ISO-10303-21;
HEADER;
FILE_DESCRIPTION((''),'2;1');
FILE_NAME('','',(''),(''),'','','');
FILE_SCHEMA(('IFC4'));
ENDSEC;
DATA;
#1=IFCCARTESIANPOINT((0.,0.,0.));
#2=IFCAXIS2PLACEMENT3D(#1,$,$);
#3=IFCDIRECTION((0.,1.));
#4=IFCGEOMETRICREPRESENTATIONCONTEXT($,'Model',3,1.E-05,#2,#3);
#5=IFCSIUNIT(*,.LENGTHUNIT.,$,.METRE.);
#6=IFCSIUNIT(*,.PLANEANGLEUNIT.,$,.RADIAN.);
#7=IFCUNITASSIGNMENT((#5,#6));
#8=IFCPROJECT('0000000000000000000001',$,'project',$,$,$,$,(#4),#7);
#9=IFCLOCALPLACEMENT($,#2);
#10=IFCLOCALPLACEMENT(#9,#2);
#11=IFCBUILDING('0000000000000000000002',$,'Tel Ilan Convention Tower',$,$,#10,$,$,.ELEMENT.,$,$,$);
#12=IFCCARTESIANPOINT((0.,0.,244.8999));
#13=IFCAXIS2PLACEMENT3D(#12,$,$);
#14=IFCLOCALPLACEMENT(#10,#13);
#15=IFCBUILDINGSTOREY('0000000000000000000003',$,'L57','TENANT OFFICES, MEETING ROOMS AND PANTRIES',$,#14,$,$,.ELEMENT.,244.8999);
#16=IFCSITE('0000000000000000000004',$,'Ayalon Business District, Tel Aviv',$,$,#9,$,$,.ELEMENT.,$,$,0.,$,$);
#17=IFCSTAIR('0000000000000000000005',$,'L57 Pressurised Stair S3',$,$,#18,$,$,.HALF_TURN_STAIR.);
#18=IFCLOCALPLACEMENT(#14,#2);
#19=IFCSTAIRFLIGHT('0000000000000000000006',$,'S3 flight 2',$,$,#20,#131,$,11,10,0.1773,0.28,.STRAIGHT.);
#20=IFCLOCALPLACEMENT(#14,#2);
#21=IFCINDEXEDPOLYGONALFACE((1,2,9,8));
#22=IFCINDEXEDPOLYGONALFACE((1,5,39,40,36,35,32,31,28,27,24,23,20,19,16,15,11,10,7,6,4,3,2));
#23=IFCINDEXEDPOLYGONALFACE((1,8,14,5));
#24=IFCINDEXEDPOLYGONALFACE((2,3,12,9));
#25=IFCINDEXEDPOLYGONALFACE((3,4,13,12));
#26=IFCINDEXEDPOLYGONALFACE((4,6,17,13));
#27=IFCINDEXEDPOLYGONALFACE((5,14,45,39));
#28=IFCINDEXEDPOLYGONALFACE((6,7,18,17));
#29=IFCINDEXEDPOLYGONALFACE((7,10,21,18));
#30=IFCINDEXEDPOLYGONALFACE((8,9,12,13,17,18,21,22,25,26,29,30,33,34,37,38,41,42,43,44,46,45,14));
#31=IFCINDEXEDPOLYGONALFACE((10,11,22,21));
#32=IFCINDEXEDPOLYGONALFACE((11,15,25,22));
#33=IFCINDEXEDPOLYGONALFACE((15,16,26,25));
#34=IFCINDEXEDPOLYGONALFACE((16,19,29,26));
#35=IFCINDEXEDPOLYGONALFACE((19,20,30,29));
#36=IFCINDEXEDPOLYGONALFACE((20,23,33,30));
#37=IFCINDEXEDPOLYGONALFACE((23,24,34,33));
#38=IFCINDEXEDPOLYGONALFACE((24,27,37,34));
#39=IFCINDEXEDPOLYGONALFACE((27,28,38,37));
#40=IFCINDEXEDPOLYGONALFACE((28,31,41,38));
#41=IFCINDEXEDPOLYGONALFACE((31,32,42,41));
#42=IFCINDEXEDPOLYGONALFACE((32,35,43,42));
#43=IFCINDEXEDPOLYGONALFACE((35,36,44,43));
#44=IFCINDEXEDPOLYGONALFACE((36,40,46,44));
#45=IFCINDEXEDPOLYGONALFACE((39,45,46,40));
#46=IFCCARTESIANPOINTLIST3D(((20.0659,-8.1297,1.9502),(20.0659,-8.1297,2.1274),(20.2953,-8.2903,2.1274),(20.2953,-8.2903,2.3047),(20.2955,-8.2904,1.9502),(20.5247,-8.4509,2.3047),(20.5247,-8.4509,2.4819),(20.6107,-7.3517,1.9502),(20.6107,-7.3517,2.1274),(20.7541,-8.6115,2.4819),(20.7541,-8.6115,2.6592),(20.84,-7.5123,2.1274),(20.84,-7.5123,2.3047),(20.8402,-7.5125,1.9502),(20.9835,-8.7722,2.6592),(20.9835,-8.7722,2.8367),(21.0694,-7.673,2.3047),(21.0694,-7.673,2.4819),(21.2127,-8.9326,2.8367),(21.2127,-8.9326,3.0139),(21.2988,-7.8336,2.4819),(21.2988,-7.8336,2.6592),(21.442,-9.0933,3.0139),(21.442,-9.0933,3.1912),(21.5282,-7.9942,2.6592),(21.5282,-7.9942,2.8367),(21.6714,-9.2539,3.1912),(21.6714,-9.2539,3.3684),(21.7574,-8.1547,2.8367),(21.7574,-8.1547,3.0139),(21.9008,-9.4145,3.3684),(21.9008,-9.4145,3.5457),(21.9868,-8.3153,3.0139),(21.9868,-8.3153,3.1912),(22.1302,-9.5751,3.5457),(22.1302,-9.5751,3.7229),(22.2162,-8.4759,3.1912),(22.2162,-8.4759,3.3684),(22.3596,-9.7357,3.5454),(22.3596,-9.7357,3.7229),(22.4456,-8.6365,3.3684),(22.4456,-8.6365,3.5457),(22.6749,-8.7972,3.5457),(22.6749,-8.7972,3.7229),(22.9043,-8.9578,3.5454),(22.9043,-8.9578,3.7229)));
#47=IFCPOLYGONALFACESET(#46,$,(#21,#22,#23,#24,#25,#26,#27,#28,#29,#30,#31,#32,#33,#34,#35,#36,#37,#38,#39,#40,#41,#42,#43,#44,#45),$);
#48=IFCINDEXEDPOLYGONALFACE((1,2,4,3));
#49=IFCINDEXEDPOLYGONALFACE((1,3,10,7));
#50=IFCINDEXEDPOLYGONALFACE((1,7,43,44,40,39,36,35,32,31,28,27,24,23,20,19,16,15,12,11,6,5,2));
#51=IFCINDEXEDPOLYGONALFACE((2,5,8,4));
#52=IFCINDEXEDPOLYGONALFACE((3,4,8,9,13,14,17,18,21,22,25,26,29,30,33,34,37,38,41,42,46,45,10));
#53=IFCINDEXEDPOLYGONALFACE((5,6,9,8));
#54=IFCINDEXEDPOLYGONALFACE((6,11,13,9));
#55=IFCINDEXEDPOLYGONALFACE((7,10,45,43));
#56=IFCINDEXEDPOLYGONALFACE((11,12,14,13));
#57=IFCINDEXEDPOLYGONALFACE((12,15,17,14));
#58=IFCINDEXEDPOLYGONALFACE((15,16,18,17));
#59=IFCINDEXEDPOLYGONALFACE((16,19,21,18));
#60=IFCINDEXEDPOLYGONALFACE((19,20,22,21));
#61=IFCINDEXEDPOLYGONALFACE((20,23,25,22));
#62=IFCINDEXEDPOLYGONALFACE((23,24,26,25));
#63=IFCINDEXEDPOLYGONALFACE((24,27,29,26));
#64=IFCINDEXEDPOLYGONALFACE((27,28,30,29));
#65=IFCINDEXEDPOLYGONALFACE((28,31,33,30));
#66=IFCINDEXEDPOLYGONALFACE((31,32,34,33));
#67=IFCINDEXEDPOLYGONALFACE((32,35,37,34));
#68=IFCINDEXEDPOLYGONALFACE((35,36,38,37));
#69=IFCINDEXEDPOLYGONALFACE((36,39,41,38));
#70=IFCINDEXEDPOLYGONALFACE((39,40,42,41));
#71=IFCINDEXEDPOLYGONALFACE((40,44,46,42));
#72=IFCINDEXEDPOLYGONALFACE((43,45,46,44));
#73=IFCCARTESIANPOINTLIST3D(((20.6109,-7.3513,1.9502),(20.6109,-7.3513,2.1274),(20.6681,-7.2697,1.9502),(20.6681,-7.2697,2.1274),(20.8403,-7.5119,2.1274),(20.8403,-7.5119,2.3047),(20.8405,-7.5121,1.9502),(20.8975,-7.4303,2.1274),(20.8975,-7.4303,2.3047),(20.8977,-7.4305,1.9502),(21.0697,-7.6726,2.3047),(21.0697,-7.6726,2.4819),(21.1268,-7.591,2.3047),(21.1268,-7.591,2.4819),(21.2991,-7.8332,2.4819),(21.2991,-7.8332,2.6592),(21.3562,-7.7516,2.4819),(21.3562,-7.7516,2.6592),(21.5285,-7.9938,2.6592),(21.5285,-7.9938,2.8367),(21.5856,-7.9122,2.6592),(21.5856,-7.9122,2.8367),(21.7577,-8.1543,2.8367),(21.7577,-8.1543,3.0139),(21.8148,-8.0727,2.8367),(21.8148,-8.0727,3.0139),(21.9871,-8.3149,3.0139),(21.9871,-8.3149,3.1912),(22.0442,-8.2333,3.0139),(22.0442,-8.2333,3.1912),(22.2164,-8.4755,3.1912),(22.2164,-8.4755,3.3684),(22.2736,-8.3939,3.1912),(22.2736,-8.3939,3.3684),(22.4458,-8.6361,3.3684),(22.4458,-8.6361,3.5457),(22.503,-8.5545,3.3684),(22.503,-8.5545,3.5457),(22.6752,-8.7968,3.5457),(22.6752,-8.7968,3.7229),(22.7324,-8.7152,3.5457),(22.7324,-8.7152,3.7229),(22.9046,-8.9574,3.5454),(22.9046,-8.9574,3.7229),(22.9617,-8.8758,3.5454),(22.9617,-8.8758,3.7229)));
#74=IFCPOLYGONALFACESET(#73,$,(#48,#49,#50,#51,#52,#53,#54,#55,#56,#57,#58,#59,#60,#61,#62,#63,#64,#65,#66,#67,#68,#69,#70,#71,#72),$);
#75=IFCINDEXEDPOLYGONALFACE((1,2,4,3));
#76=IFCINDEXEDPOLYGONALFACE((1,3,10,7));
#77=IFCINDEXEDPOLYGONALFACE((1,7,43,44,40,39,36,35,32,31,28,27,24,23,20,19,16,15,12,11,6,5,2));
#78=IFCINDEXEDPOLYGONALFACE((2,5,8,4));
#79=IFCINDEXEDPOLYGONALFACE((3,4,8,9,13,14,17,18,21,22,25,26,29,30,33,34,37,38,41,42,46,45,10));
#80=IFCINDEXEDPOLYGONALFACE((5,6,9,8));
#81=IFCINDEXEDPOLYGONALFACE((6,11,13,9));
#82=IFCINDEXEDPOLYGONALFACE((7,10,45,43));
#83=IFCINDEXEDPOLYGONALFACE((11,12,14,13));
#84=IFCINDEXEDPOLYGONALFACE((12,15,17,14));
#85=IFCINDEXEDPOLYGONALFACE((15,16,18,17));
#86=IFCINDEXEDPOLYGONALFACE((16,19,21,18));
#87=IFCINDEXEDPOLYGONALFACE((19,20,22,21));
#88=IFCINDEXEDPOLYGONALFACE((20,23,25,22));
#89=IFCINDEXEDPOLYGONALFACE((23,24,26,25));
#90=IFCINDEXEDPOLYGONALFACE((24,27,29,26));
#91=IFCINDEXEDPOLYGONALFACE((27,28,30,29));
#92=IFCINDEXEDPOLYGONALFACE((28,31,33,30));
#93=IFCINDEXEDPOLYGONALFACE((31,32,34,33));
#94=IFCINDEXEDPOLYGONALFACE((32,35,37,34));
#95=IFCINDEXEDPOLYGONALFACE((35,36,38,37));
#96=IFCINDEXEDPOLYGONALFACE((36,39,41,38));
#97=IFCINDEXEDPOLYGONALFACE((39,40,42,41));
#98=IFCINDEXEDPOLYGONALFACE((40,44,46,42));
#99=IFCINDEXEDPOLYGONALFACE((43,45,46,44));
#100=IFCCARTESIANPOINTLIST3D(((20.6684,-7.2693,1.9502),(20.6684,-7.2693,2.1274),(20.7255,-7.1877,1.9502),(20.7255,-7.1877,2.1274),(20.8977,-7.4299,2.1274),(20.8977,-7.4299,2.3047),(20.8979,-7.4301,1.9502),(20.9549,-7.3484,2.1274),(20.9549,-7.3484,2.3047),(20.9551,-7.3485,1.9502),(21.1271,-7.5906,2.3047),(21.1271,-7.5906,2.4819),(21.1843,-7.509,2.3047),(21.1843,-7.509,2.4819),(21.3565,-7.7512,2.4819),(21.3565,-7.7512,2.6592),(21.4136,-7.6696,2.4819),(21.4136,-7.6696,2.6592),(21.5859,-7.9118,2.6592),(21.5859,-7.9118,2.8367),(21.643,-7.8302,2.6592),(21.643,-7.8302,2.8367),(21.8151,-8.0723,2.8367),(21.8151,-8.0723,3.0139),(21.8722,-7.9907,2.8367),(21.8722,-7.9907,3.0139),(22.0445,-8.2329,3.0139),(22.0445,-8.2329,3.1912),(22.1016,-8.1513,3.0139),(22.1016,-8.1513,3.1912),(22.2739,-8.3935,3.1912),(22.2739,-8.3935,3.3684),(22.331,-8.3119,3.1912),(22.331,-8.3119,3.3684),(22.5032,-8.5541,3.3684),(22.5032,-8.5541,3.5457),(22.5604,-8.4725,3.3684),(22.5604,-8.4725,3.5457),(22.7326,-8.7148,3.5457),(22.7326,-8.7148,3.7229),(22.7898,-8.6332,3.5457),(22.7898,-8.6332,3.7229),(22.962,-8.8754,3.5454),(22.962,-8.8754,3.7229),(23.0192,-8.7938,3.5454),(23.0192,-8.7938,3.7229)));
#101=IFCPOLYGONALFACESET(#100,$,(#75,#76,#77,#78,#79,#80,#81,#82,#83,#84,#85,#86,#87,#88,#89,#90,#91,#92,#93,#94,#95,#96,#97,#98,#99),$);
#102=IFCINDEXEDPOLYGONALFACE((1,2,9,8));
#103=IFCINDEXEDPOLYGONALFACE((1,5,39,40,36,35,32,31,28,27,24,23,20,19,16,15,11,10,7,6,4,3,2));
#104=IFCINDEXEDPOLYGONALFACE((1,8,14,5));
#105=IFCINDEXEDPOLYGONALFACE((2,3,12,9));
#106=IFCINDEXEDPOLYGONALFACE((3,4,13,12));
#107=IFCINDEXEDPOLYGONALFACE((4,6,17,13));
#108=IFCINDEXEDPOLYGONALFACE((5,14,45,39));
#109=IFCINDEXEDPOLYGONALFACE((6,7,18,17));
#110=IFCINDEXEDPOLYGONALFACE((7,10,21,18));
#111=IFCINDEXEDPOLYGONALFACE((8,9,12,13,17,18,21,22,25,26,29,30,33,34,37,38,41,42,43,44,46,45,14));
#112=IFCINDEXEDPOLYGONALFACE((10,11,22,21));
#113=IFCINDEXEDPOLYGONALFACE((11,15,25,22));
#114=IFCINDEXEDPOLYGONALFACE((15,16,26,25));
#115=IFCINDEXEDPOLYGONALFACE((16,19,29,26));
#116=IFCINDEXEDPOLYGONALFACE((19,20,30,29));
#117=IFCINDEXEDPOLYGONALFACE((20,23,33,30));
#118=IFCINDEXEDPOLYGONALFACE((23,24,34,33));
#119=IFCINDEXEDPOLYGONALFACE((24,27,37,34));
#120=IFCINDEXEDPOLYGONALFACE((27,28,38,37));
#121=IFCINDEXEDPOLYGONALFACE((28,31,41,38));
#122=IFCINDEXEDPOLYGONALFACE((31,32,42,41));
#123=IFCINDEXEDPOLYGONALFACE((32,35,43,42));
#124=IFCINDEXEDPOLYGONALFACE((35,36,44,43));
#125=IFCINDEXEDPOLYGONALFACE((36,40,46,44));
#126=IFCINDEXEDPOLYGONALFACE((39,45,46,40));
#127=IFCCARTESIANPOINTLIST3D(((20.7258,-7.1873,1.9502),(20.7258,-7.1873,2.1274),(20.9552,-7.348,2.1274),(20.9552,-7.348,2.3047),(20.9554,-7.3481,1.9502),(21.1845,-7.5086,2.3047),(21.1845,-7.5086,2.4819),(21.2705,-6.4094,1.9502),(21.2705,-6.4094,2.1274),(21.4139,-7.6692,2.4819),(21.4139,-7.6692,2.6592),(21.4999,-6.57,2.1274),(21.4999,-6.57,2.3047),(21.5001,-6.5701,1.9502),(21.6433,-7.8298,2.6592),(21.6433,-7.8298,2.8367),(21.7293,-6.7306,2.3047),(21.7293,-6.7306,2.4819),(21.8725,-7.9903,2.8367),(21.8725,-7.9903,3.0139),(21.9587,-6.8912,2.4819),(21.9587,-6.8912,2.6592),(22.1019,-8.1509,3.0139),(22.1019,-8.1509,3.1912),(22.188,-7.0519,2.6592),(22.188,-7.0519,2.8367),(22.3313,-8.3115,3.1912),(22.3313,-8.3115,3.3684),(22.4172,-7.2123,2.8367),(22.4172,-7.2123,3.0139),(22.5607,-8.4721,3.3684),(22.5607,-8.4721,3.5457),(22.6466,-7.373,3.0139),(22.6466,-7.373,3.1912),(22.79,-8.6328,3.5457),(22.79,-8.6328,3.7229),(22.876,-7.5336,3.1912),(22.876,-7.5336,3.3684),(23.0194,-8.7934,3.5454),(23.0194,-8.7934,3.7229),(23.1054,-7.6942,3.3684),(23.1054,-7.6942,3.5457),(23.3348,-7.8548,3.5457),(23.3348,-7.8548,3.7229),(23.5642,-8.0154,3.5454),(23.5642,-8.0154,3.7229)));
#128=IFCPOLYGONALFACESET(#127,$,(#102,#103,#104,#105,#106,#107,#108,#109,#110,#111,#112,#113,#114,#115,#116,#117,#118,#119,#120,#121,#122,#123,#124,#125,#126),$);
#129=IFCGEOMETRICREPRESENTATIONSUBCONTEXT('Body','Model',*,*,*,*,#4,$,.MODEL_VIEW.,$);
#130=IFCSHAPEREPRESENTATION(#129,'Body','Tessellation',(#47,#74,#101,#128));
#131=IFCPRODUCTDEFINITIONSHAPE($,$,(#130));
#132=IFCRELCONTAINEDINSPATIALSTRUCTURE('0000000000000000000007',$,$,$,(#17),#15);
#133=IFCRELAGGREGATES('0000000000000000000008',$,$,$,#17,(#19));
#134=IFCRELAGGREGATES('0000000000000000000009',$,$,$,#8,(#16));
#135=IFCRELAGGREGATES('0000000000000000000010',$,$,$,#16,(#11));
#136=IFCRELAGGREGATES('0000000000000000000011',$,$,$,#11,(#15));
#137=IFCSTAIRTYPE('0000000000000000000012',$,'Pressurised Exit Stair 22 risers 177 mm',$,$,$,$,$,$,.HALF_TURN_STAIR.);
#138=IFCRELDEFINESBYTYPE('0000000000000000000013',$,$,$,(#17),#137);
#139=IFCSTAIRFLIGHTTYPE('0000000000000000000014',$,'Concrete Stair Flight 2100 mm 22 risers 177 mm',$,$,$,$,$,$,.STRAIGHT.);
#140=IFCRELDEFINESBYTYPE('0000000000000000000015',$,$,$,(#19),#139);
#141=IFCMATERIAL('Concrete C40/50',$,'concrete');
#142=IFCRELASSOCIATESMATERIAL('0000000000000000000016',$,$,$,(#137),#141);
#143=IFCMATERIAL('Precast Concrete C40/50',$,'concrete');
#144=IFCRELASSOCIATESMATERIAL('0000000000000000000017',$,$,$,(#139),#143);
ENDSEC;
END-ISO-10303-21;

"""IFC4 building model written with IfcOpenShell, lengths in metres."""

from ifc_helpers import new_model, si_unit, direction, frame, origin, place, context, subcontext, project, spatial, polyline, outline, extrude, material, type_object, element, aggregate, save


model = new_model("IFC4")

# Units and contexts
model_context = context("Model", 3, precision=1e-05, world=origin(), true_north=direction((0.0, 1.0)))
body_context = subcontext(model_context, "Body", "Model", "MODEL_VIEW")
ifc_project = project(units=[si_unit("LENGTHUNIT", "METRE"), si_unit("PLANEANGLEUNIT", "RADIAN")], contexts=[model_context])

# Site, building, storey
site_placement = place(None, origin())
site = spatial("IfcSite", under=ifc_project, at=site_placement, Name="Ayalon Business District, Tel Aviv", CompositionType="ELEMENT", RefElevation=0.0)
building_placement = place(site_placement, origin())
building = spatial("IfcBuilding", under=site, at=building_placement, Name="Tel Ilan Convention Tower", CompositionType="ELEMENT")
storey_placement = place(building_placement, frame((0.0, 0.0, 244.8999)))
storey = spatial("IfcBuildingStorey", under=building, at=storey_placement, Name="L57", Description="TENANT OFFICES, MEETING ROOMS AND PANTRIES", CompositionType="ELEMENT", Elevation=244.8999)

# Stair, stair flight
ifc_material_1 = material(Name="Concrete C40/50", Category="concrete")
stair_type = type_object("IfcStairType", Name="Pressurised Exit Stair 22 risers 177 mm", PredefinedType="HALF_TURN_STAIR", material=ifc_material_1)
stair_1_placement = place(storey_placement, origin())
stair_1 = element("IfcStair", 1, at=stair_1_placement, inside=storey, type_object=stair_type, Name="L57 Pressurised Stair S3", PredefinedType="HALF_TURN_STAIR")
ifc_material_2 = material(Name="Precast Concrete C40/50", Category="concrete")
stair_flight_type = type_object("IfcStairFlightType", Name="Concrete Stair Flight 2100 mm 22 risers 177 mm", PredefinedType="STRAIGHT", material=ifc_material_2)
stair_flight_1_placement = place(storey_placement, frame((20.6682, -7.2695, 1.9502), z_axis=(0.0, 0.0, 1.0), x_axis=(0.819152, -0.573576, 0.0)))
stair_flight_1 = element("IfcStairFlight", 2, at=stair_flight_1_placement, type_object=stair_flight_type, Name="S3 flight 2", NumberOfRisers=11, NumberOfTreads=10, PredefinedType="STRAIGHT", RiserHeight=0.1773, TreadLength=0.28, context=body_context, shape_type="SweptSolid", body=[
    extrude(outline(polyline([(0.0, 0.0), (0.0, 0.1772), (0.28, 0.1772), (0.28, 0.3545), (0.5601, 0.3545), (0.5601, 0.5317), (0.8401, 0.5317), (0.8401, 0.709), (1.1201, 0.709), (1.1201, 0.8865), (1.3999, 0.8865), (1.3999, 1.0637), (1.6799, 1.0637), (1.6799, 1.241), (1.96, 1.241), (1.96, 1.4182), (2.24, 1.4182), (2.24, 1.5955), (2.52, 1.5955), (2.52, 1.7727), (2.8, 1.7727), (2.8, 1.95), (2.8, 1.5952), (0.2803, 0.0), (0.0, 0.0)])), frame((0.0, -0.1003, 0.0), z_axis=(0.0, -1.0, 0.0), x_axis=(1.0, 0.0, 0.0)), (0.0, 0.0, 1.0), 0.9497),
    extrude(outline(polyline([(0.0, 0.0), (0.0, 0.1772), (0.28, 0.1772), (0.28, 0.3545), (0.5601, 0.3545), (0.5601, 0.5317), (0.8401, 0.5317), (0.8401, 0.709), (1.1201, 0.709), (1.1201, 0.8865), (1.3999, 0.8865), (1.3999, 1.0637), (1.6799, 1.0637), (1.6799, 1.241), (1.96, 1.241), (1.96, 1.4182), (2.24, 1.4182), (2.24, 1.5955), (2.52, 1.5955), (2.52, 1.7727), (2.8, 1.7727), (2.8, 1.95), (2.8, 1.5952), (0.2803, 0.0), (0.0, 0.0)])), frame((0.0, -0.0002, 0.0), z_axis=(0.0, -1.0, 0.0), x_axis=(1.0, 0.0, 0.0)), (0.0, 0.0, 1.0), 0.0996),
    extrude(outline(polyline([(0.0, 0.0), (0.0, 0.1772), (0.28, 0.1772), (0.28, 0.3545), (0.5601, 0.3545), (0.5601, 0.5317), (0.8401, 0.5317), (0.8401, 0.709), (1.1201, 0.709), (1.1201, 0.8865), (1.3999, 0.8865), (1.3999, 1.0637), (1.6799, 1.0637), (1.6799, 1.241), (1.96, 1.241), (1.96, 1.4182), (2.24, 1.4182), (2.24, 1.5955), (2.52, 1.5955), (2.52, 1.7727), (2.8, 1.7727), (2.8, 1.95), (2.8, 1.5952), (0.2803, 0.0), (0.0, 0.0)])), frame((0.0, 0.0999, 0.0), z_axis=(0.0, -1.0, 0.0), x_axis=(1.0, 0.0, 0.0)), (0.0, 0.0, 1.0), 0.0996),
    extrude(outline(polyline([(0.0, 0.0), (0.0, 0.1772), (0.28, 0.1772), (0.28, 0.3545), (0.5601, 0.3545), (0.5601, 0.5317), (0.8401, 0.5317), (0.8401, 0.709), (1.1201, 0.709), (1.1201, 0.8865), (1.3999, 0.8865), (1.3999, 1.0637), (1.6799, 1.0637), (1.6799, 1.241), (1.96, 1.241), (1.96, 1.4182), (2.24, 1.4182), (2.24, 1.5955), (2.52, 1.5955), (2.52, 1.7727), (2.8, 1.7727), (2.8, 1.95), (2.8, 1.5952), (0.2803, 0.0), (0.0, 0.0)])), frame((0.0, 1.05, 0.0), z_axis=(0.0, -1.0, 0.0), x_axis=(1.0, 0.0, 0.0)), (0.0, 0.0, 1.0), 0.9497),
])
aggregate(stair_1, [stair_flight_1])

save(model, "model.ifc")
